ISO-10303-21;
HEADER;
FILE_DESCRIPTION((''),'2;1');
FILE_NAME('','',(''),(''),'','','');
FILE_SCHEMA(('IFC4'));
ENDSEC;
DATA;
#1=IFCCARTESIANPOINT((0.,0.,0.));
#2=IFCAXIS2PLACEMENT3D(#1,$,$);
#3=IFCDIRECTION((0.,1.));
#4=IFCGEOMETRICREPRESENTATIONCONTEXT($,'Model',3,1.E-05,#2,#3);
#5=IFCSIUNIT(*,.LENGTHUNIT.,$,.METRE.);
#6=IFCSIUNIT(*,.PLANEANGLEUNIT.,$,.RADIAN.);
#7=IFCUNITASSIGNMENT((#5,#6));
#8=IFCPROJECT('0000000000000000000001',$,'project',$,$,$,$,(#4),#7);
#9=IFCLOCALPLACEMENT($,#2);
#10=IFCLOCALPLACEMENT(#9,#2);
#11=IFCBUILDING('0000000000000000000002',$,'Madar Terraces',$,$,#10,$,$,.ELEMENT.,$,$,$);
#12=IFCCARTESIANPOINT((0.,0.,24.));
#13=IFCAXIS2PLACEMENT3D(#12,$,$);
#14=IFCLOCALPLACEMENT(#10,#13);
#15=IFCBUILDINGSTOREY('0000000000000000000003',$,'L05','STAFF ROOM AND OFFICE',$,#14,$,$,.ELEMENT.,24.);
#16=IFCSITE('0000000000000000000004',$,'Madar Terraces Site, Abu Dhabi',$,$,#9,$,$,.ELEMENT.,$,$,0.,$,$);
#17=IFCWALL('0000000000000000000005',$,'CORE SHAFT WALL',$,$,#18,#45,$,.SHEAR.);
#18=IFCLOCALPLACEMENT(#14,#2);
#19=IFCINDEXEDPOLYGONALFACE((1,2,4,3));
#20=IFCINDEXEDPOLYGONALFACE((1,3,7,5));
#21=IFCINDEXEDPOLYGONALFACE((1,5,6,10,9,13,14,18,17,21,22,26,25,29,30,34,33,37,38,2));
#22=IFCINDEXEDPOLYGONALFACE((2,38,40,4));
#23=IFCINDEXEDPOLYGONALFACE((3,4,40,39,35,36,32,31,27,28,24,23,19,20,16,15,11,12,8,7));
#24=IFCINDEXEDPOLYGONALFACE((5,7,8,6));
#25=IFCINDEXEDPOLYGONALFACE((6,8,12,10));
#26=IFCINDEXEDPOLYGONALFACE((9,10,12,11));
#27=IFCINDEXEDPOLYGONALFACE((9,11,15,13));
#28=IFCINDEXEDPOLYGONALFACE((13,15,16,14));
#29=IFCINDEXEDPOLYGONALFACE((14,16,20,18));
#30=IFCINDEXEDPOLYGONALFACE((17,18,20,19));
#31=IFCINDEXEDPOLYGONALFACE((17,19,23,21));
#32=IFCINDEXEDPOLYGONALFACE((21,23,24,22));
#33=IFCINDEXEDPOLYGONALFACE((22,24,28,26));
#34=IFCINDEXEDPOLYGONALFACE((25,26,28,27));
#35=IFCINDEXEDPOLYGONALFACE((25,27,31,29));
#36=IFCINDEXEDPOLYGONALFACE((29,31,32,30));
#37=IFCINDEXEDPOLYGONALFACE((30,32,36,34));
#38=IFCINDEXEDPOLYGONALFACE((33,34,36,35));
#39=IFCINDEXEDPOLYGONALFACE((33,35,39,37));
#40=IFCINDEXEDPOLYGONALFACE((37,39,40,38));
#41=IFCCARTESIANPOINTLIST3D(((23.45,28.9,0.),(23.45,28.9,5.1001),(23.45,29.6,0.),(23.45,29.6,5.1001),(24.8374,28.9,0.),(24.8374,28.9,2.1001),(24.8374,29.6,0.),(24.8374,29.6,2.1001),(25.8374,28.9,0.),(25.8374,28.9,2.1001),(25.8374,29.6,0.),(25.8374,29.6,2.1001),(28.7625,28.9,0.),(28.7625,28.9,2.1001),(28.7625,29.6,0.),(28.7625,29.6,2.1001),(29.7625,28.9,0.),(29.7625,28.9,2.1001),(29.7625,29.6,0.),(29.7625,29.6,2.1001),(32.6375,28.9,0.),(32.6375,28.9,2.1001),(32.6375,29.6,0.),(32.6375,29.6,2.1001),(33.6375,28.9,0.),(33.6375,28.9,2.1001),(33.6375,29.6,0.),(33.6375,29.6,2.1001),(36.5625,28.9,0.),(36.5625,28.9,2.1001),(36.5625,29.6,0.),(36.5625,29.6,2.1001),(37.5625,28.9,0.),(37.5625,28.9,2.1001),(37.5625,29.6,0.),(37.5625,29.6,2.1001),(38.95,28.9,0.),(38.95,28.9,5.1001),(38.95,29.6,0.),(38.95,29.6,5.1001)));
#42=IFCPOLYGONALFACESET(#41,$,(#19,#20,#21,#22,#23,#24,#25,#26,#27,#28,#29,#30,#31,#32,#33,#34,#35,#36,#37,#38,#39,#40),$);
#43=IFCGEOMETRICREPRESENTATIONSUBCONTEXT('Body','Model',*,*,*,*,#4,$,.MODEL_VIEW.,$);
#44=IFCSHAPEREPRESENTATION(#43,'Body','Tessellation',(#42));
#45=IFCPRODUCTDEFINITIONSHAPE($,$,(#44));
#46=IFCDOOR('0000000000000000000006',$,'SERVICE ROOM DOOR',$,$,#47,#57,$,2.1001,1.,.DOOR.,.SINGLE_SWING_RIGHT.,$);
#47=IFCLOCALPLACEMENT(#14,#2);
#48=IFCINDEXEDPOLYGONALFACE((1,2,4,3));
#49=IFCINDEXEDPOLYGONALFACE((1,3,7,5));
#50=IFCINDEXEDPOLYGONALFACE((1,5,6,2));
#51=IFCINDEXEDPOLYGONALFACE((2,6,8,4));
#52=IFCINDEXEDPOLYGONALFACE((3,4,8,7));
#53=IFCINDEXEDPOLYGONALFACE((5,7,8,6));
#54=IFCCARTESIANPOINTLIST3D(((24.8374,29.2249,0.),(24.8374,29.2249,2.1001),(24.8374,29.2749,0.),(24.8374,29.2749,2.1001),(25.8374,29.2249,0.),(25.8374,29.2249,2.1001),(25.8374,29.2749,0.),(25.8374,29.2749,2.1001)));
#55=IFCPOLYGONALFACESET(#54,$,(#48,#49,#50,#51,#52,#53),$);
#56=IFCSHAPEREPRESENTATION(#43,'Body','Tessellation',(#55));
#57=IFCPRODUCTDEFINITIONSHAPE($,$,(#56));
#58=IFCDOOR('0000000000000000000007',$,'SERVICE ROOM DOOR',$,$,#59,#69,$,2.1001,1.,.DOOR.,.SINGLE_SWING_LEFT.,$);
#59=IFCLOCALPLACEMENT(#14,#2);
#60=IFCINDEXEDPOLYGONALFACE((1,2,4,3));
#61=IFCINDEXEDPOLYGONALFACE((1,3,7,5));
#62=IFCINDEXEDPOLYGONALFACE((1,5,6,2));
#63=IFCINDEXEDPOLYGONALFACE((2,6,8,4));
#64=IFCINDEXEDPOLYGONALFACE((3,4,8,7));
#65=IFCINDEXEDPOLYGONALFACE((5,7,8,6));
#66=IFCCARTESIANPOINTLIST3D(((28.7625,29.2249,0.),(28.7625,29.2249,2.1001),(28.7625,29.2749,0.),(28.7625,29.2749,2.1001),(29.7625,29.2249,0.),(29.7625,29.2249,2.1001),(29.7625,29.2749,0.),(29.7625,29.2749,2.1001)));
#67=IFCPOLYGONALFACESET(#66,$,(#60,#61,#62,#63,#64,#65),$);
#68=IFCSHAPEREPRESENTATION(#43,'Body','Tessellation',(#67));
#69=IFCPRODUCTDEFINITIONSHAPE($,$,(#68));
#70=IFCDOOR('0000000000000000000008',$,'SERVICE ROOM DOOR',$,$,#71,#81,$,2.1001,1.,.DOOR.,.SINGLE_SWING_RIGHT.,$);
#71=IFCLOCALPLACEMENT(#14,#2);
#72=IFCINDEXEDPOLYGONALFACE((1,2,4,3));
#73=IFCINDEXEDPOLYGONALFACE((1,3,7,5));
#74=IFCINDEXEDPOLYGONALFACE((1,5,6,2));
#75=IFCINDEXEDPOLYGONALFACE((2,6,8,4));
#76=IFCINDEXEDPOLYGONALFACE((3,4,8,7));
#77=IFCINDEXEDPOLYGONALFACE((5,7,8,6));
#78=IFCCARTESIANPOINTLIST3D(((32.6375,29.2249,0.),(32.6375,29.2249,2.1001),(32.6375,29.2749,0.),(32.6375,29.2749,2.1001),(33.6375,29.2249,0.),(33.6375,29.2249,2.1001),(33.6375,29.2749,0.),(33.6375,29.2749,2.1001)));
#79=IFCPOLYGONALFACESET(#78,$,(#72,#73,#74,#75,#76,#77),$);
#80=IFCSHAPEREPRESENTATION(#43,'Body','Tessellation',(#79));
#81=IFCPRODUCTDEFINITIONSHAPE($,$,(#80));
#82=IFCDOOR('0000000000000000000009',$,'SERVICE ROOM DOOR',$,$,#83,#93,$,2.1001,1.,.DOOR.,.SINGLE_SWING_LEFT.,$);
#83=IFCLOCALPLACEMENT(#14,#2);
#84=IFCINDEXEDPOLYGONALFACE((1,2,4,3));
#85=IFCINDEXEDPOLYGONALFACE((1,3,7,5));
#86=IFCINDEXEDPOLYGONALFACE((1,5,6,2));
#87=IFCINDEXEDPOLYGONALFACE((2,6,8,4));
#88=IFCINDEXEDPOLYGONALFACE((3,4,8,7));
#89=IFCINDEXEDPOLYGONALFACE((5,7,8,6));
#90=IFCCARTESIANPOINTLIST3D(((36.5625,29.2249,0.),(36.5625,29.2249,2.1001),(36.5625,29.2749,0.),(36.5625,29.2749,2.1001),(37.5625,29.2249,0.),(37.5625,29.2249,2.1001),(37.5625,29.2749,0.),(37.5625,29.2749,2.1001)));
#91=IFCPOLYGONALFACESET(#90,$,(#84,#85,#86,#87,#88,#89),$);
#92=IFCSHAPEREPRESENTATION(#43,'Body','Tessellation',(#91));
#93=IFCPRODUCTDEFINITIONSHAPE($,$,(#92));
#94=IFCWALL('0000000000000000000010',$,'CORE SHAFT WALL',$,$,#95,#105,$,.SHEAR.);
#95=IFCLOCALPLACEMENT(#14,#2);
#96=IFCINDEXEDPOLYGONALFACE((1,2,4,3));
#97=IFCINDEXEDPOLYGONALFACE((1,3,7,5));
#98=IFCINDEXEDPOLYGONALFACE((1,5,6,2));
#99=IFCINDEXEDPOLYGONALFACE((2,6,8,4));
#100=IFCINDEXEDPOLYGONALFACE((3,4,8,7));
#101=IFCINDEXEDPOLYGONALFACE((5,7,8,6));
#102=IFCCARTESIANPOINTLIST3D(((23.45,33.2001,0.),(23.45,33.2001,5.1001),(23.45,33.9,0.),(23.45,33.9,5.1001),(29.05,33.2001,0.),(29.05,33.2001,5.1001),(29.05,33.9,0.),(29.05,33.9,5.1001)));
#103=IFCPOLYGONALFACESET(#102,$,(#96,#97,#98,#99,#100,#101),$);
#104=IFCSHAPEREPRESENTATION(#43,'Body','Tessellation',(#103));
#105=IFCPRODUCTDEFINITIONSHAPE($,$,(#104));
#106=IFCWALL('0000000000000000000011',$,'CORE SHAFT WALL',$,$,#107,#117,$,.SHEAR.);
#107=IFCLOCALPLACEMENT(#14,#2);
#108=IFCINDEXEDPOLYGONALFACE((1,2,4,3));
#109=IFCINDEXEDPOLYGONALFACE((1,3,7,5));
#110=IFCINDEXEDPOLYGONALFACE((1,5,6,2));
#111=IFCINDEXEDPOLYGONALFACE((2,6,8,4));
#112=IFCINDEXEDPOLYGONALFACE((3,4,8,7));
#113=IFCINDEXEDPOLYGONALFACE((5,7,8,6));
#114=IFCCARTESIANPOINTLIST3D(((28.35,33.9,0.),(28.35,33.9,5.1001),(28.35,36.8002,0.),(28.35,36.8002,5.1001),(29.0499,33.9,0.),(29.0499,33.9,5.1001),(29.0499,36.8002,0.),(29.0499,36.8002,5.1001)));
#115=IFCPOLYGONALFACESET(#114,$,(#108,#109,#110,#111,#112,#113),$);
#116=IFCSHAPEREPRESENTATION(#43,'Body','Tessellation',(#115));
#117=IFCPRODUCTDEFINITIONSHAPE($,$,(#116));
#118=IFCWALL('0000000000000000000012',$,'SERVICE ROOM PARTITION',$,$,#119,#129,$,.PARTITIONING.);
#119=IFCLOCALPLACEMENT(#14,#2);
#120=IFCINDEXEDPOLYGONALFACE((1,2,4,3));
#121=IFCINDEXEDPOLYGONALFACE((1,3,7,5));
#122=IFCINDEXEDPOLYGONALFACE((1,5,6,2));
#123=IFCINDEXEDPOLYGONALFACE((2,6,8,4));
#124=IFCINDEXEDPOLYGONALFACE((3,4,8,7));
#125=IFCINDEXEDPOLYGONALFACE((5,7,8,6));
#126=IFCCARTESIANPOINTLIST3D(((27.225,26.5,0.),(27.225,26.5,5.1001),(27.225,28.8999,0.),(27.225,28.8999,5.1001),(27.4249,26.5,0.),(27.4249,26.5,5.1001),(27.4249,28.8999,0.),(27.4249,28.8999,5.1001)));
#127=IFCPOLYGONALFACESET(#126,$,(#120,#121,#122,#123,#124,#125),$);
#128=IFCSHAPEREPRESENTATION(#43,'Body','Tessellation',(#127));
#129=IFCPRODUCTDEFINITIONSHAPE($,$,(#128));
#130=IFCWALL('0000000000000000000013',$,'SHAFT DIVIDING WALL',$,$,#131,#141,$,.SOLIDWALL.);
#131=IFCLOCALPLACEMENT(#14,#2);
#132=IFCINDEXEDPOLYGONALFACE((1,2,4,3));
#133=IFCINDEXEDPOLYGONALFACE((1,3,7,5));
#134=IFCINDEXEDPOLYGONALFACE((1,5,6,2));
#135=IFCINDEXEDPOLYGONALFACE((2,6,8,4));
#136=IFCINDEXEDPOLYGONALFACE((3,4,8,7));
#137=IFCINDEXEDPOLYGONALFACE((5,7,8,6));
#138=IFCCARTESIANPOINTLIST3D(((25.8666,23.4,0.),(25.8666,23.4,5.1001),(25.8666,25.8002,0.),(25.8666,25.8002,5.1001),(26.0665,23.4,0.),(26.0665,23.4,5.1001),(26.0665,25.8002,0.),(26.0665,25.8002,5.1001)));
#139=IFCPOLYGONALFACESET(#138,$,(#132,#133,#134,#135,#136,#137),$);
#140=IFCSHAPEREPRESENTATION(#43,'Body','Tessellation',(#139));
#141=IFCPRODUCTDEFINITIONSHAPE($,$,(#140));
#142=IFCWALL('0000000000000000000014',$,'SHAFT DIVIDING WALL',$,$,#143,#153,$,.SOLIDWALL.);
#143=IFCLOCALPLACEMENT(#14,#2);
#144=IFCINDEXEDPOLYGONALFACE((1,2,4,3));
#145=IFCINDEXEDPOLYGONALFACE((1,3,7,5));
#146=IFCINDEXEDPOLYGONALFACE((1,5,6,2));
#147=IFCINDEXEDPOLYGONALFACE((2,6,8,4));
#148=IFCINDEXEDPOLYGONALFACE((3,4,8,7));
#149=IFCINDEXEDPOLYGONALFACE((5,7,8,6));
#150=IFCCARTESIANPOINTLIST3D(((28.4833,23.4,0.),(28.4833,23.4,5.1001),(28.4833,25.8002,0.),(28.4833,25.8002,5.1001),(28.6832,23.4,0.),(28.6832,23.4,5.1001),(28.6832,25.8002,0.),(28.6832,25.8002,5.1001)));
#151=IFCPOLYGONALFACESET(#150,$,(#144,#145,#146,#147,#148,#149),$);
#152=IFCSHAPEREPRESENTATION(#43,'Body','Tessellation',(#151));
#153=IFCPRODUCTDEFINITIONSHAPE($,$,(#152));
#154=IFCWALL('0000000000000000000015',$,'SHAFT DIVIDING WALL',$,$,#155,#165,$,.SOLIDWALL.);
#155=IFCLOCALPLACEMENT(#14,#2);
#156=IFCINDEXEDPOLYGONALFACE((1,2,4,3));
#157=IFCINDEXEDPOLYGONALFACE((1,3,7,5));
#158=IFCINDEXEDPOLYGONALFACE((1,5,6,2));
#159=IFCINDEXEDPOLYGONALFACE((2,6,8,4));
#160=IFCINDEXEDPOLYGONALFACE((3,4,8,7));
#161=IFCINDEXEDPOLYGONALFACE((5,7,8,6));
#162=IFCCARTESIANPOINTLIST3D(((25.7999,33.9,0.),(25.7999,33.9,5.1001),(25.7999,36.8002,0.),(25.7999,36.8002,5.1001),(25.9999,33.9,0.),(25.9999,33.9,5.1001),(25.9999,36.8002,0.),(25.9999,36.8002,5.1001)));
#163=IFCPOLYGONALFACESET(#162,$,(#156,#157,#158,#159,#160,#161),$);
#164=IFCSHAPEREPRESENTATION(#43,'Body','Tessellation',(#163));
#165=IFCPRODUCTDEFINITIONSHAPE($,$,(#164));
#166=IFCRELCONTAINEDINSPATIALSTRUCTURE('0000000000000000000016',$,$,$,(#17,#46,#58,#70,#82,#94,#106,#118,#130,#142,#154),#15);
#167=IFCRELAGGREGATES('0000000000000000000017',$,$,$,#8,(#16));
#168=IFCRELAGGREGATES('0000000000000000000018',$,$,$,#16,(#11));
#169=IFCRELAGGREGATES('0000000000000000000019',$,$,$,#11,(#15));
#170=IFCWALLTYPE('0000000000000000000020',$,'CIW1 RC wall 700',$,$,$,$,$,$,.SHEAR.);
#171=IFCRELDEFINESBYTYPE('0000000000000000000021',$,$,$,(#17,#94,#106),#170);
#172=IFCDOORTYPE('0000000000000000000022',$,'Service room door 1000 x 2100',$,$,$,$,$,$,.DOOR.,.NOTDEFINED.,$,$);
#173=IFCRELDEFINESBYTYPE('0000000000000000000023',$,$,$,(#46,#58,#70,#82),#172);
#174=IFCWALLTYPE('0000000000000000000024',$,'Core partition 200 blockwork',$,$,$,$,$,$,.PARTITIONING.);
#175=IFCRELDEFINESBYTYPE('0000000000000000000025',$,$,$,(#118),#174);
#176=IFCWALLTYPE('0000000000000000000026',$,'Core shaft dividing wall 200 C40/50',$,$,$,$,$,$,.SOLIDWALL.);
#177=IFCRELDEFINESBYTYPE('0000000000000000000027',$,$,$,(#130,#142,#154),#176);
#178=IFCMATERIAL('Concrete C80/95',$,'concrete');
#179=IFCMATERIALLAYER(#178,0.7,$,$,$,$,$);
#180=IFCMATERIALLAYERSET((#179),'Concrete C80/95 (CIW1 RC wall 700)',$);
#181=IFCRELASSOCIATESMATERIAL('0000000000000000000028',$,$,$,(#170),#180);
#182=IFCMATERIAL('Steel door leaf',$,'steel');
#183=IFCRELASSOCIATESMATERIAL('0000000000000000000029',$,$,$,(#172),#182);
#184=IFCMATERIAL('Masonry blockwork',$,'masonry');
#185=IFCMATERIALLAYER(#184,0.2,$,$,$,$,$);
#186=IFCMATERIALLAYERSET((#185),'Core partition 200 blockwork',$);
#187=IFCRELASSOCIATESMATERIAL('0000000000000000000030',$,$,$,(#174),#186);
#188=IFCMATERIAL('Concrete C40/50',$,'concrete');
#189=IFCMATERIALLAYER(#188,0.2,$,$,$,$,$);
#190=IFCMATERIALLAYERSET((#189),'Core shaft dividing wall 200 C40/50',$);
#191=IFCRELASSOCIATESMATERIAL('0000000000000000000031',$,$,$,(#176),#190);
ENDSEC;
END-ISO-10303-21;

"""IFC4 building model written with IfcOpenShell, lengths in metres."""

from ifc_helpers import new_model, si_unit, direction, frame, frame_2d, origin, place, context, subcontext, project, spatial, rectangle, extrude, material, layer, layer_set, type_object, element, fill, save


model = new_model("IFC4")

# Units and contexts
model_context = context("Model", 3, precision=1e-05, world=origin(), true_north=direction((0.0, 1.0)))
body_context = subcontext(model_context, "Body", "Model", "MODEL_VIEW")
ifc_project = project(units=[si_unit("LENGTHUNIT", "METRE"), si_unit("PLANEANGLEUNIT", "RADIAN")], contexts=[model_context])

# Site, building, storey
site_placement = place(None, origin())
site = spatial("IfcSite", under=ifc_project, at=site_placement, Name="Madar Terraces Site, Abu Dhabi", CompositionType="ELEMENT", RefElevation=0.0)
building_placement = place(site_placement, origin())
building = spatial("IfcBuilding", under=site, at=building_placement, Name="Madar Terraces", CompositionType="ELEMENT")
storey_placement = place(building_placement, frame((0.0, 0.0, 24.0)))
storey = spatial("IfcBuildingStorey", under=building, at=storey_placement, Name="L05", Description="STAFF ROOM AND OFFICE", CompositionType="ELEMENT", Elevation=24.0)

# Shared definitions
ifc_material_1 = material(Name="Concrete C80/95", Category="concrete")
ifc_layer_1 = layer(ifc_material_1, 0.7)
ifc_layer_set_1 = layer_set([ifc_layer_1], Name="Concrete C80/95 (CIW1 RC wall 700)")
wall_type_1 = type_object("IfcWallType", Name="CIW1 RC wall 700", PredefinedType="SHEAR", material=ifc_layer_set_1)

# Shared definitions
ifc_material_2 = material(Name="Steel door leaf", Category="steel")
door_type_1 = type_object("IfcDoorType", Name="Service room door 1000 x 2100", OperationType="NOTDEFINED", PredefinedType="DOOR", material=ifc_material_2)

# Wall, openings, doors
wall_1_placement = place(storey_placement, frame((23.45, 29.25, 0.0), z_axis=(0.0, 0.0, 1.0), x_axis=(1.0, 0.0, 0.0)))
wall_1 = element("IfcWall", 1, at=wall_1_placement, inside=storey, type_object=wall_type_1, Name="CORE SHAFT WALL", PredefinedType="SHEAR", context=body_context, shape_type="SweptSolid", body=[
    extrude(rectangle(XDim=15.5, YDim=0.7, at=frame_2d((7.75, 0.0))), origin(), (0.0, 0.0, 1.0), 5.1001),
])
opening_1_placement = place(wall_1_placement, frame((1.3875, 0.0, 0.0)))
opening_1 = element("IfcOpeningElement", 2, at=opening_1_placement, cuts=wall_1, PredefinedType="OPENING", context=body_context, shape_type="SweptSolid", body=[
    extrude(rectangle(XDim=1.0, YDim=2.1001, at=frame_2d((0.5, 1.05))), frame((0.0, 0.3599, 0.0), z_axis=(0.0, -1.0, 0.0), x_axis=(1.0, 0.0, 0.0)), (0.0, 0.0, 1.0), 0.72),
])
opening_2_placement = place(wall_1_placement, frame((5.3125, 0.0, 0.0)))
opening_2 = element("IfcOpeningElement", 3, at=opening_2_placement, cuts=wall_1, PredefinedType="OPENING", context=body_context, shape_type="SweptSolid", body=[
    extrude(rectangle(XDim=1.0, YDim=2.1001, at=frame_2d((0.5, 1.05))), frame((0.0, 0.3599, 0.0), z_axis=(0.0, -1.0, 0.0), x_axis=(1.0, 0.0, 0.0)), (0.0, 0.0, 1.0), 0.72),
])
opening_3_placement = place(wall_1_placement, frame((9.1875, 0.0, 0.0)))
opening_3 = element("IfcOpeningElement", 4, at=opening_3_placement, cuts=wall_1, PredefinedType="OPENING", context=body_context, shape_type="SweptSolid", body=[
    extrude(rectangle(XDim=1.0, YDim=2.1001, at=frame_2d((0.5, 1.05))), frame((0.0, 0.3599, 0.0), z_axis=(0.0, -1.0, 0.0), x_axis=(1.0, 0.0, 0.0)), (0.0, 0.0, 1.0), 0.72),
])
opening_4_placement = place(wall_1_placement, frame((13.1125, 0.0, 0.0)))
opening_4 = element("IfcOpeningElement", 5, at=opening_4_placement, cuts=wall_1, PredefinedType="OPENING", context=body_context, shape_type="SweptSolid", body=[
    extrude(rectangle(XDim=1.0, YDim=2.1001, at=frame_2d((0.5, 1.05))), frame((0.0, 0.3599, 0.0), z_axis=(0.0, -1.0, 0.0), x_axis=(1.0, 0.0, 0.0)), (0.0, 0.0, 1.0), 0.72),
])
door_1_placement = place(opening_1_placement, origin())
door_1 = element("IfcDoor", 6, at=door_1_placement, inside=storey, type_object=door_type_1, Name="SERVICE ROOM DOOR", OperationType="SINGLE_SWING_RIGHT", OverallHeight=2.1001, OverallWidth=1.0, PredefinedType="DOOR", context=body_context, shape_type="SweptSolid", body=[
    extrude(rectangle(XDim=1.0, YDim=2.1001, at=frame_2d((0.5, 1.05))), frame((0.0, 0.0249, 0.0), z_axis=(0.0, -1.0, 0.0), x_axis=(1.0, 0.0, 0.0)), (0.0, 0.0, 1.0), 0.05),
])
fill(opening_1, door_1)
door_2_placement = place(opening_2_placement, origin())
door_2 = element("IfcDoor", 7, at=door_2_placement, inside=storey, type_object=door_type_1, Name="SERVICE ROOM DOOR", OperationType="SINGLE_SWING_LEFT", OverallHeight=2.1001, OverallWidth=1.0, PredefinedType="DOOR", context=body_context, shape_type="SweptSolid", body=[
    extrude(rectangle(XDim=1.0, YDim=2.1001, at=frame_2d((0.5, 1.05))), frame((0.0, 0.0249, 0.0), z_axis=(0.0, -1.0, 0.0), x_axis=(1.0, 0.0, 0.0)), (0.0, 0.0, 1.0), 0.05),
])
fill(opening_2, door_2)
door_3_placement = place(opening_3_placement, origin())
door_3 = element("IfcDoor", 8, at=door_3_placement, inside=storey, type_object=door_type_1, Name="SERVICE ROOM DOOR", OperationType="SINGLE_SWING_RIGHT", OverallHeight=2.1001, OverallWidth=1.0, PredefinedType="DOOR", context=body_context, shape_type="SweptSolid", body=[
    extrude(rectangle(XDim=1.0, YDim=2.1001, at=frame_2d((0.5, 1.05))), frame((0.0, 0.0249, 0.0), z_axis=(0.0, -1.0, 0.0), x_axis=(1.0, 0.0, 0.0)), (0.0, 0.0, 1.0), 0.05),
])
fill(opening_3, door_3)
door_4_placement = place(opening_4_placement, origin())
door_4 = element("IfcDoor", 9, at=door_4_placement, inside=storey, type_object=door_type_1, Name="SERVICE ROOM DOOR", OperationType="SINGLE_SWING_LEFT", OverallHeight=2.1001, OverallWidth=1.0, PredefinedType="DOOR", context=body_context, shape_type="SweptSolid", body=[
    extrude(rectangle(XDim=1.0, YDim=2.1001, at=frame_2d((0.5, 1.05))), frame((0.0, 0.0249, 0.0), z_axis=(0.0, -1.0, 0.0), x_axis=(1.0, 0.0, 0.0)), (0.0, 0.0, 1.0), 0.05),
])
fill(opening_4, door_4)

# Walls
wall_2_placement = place(storey_placement, frame((23.45, 33.55, 0.0), z_axis=(0.0, 0.0, 1.0), x_axis=(1.0, 0.0, 0.0)))
element("IfcWall", 10, at=wall_2_placement, inside=storey, type_object=wall_type_1, Name="CORE SHAFT WALL", PredefinedType="SHEAR", context=body_context, shape_type="SweptSolid", body=[
    extrude(rectangle(XDim=5.6001, YDim=0.7, at=frame_2d((2.8, 0.0))), origin(), (0.0, 0.0, 1.0), 5.1001),
])
wall_3_placement = place(storey_placement, frame((28.7, 33.8999, 0.0), z_axis=(0.0, 0.0, 1.0), x_axis=(0.0, 1.0, 0.0)))
element("IfcWall", 11, at=wall_3_placement, inside=storey, type_object=wall_type_1, Name="CORE SHAFT WALL", PredefinedType="SHEAR", context=body_context, shape_type="SweptSolid", body=[
    extrude(rectangle(XDim=2.9001, YDim=0.7, at=frame_2d((1.4502, 0.0))), origin(), (0.0, 0.0, 1.0), 5.1001),
])
ifc_material_3 = material(Name="Masonry blockwork", Category="masonry")
ifc_layer_2 = layer(ifc_material_3, 0.2)
ifc_layer_set_2 = layer_set([ifc_layer_2], Name="Core partition 200 blockwork")
wall_type_2 = type_object("IfcWallType", Name="Core partition 200 blockwork", PredefinedType="PARTITIONING", material=ifc_layer_set_2)
wall_4_placement = place(storey_placement, frame((27.325, 26.5, 0.0), z_axis=(0.0, 0.0, 1.0), x_axis=(0.0, 1.0, 0.0)))
element("IfcWall", 12, at=wall_4_placement, inside=storey, type_object=wall_type_2, Name="SERVICE ROOM PARTITION", PredefinedType="PARTITIONING", context=body_context, shape_type="SweptSolid", body=[
    extrude(rectangle(XDim=2.3999, YDim=0.2, at=frame_2d((1.2, 0.0))), origin(), (0.0, 0.0, 1.0), 5.1001),
])
ifc_material_4 = material(Name="Concrete C40/50", Category="concrete")
ifc_layer_3 = layer(ifc_material_4, 0.2)
ifc_layer_set_3 = layer_set([ifc_layer_3], Name="Core shaft dividing wall 200 C40/50")
wall_type_3 = type_object("IfcWallType", Name="Core shaft dividing wall 200 C40/50", PredefinedType="SOLIDWALL", material=ifc_layer_set_3)
for number, where, z_axis, x_axis, name in (
    (13, (25.9666, 23.3999, 0.0), (0.0, 0.0, 1.0), (0.0, 1.0, 0.0), "SHAFT DIVIDING WALL"),
    (14, (28.5833, 23.3999, 0.0), (0.0, 0.0, 1.0), (0.0, 1.0, 0.0), "SHAFT DIVIDING WALL"),
):
    element("IfcWall", number, at=place(storey_placement, frame(where, z_axis=z_axis, x_axis=x_axis)), inside=storey, type_object=wall_type_3, Name=name, PredefinedType="SOLIDWALL", context=body_context, shape_type="SweptSolid", body=[
        extrude(rectangle(XDim=2.4001, YDim=0.2, at=frame_2d((1.2002, 0.0))), origin(), (0.0, 0.0, 1.0), 5.1001),
    ])
wall_5_placement = place(storey_placement, frame((25.8999, 33.8999, 0.0), z_axis=(0.0, 0.0, 1.0), x_axis=(0.0, 1.0, 0.0)))
element("IfcWall", 15, at=wall_5_placement, inside=storey, type_object=wall_type_3, Name="SHAFT DIVIDING WALL", PredefinedType="SOLIDWALL", context=body_context, shape_type="SweptSolid", body=[
    extrude(rectangle(XDim=2.9001, YDim=0.2, at=frame_2d((1.4502, 0.0))), origin(), (0.0, 0.0, 1.0), 5.1001),
])

save(model, "model.ifc")
